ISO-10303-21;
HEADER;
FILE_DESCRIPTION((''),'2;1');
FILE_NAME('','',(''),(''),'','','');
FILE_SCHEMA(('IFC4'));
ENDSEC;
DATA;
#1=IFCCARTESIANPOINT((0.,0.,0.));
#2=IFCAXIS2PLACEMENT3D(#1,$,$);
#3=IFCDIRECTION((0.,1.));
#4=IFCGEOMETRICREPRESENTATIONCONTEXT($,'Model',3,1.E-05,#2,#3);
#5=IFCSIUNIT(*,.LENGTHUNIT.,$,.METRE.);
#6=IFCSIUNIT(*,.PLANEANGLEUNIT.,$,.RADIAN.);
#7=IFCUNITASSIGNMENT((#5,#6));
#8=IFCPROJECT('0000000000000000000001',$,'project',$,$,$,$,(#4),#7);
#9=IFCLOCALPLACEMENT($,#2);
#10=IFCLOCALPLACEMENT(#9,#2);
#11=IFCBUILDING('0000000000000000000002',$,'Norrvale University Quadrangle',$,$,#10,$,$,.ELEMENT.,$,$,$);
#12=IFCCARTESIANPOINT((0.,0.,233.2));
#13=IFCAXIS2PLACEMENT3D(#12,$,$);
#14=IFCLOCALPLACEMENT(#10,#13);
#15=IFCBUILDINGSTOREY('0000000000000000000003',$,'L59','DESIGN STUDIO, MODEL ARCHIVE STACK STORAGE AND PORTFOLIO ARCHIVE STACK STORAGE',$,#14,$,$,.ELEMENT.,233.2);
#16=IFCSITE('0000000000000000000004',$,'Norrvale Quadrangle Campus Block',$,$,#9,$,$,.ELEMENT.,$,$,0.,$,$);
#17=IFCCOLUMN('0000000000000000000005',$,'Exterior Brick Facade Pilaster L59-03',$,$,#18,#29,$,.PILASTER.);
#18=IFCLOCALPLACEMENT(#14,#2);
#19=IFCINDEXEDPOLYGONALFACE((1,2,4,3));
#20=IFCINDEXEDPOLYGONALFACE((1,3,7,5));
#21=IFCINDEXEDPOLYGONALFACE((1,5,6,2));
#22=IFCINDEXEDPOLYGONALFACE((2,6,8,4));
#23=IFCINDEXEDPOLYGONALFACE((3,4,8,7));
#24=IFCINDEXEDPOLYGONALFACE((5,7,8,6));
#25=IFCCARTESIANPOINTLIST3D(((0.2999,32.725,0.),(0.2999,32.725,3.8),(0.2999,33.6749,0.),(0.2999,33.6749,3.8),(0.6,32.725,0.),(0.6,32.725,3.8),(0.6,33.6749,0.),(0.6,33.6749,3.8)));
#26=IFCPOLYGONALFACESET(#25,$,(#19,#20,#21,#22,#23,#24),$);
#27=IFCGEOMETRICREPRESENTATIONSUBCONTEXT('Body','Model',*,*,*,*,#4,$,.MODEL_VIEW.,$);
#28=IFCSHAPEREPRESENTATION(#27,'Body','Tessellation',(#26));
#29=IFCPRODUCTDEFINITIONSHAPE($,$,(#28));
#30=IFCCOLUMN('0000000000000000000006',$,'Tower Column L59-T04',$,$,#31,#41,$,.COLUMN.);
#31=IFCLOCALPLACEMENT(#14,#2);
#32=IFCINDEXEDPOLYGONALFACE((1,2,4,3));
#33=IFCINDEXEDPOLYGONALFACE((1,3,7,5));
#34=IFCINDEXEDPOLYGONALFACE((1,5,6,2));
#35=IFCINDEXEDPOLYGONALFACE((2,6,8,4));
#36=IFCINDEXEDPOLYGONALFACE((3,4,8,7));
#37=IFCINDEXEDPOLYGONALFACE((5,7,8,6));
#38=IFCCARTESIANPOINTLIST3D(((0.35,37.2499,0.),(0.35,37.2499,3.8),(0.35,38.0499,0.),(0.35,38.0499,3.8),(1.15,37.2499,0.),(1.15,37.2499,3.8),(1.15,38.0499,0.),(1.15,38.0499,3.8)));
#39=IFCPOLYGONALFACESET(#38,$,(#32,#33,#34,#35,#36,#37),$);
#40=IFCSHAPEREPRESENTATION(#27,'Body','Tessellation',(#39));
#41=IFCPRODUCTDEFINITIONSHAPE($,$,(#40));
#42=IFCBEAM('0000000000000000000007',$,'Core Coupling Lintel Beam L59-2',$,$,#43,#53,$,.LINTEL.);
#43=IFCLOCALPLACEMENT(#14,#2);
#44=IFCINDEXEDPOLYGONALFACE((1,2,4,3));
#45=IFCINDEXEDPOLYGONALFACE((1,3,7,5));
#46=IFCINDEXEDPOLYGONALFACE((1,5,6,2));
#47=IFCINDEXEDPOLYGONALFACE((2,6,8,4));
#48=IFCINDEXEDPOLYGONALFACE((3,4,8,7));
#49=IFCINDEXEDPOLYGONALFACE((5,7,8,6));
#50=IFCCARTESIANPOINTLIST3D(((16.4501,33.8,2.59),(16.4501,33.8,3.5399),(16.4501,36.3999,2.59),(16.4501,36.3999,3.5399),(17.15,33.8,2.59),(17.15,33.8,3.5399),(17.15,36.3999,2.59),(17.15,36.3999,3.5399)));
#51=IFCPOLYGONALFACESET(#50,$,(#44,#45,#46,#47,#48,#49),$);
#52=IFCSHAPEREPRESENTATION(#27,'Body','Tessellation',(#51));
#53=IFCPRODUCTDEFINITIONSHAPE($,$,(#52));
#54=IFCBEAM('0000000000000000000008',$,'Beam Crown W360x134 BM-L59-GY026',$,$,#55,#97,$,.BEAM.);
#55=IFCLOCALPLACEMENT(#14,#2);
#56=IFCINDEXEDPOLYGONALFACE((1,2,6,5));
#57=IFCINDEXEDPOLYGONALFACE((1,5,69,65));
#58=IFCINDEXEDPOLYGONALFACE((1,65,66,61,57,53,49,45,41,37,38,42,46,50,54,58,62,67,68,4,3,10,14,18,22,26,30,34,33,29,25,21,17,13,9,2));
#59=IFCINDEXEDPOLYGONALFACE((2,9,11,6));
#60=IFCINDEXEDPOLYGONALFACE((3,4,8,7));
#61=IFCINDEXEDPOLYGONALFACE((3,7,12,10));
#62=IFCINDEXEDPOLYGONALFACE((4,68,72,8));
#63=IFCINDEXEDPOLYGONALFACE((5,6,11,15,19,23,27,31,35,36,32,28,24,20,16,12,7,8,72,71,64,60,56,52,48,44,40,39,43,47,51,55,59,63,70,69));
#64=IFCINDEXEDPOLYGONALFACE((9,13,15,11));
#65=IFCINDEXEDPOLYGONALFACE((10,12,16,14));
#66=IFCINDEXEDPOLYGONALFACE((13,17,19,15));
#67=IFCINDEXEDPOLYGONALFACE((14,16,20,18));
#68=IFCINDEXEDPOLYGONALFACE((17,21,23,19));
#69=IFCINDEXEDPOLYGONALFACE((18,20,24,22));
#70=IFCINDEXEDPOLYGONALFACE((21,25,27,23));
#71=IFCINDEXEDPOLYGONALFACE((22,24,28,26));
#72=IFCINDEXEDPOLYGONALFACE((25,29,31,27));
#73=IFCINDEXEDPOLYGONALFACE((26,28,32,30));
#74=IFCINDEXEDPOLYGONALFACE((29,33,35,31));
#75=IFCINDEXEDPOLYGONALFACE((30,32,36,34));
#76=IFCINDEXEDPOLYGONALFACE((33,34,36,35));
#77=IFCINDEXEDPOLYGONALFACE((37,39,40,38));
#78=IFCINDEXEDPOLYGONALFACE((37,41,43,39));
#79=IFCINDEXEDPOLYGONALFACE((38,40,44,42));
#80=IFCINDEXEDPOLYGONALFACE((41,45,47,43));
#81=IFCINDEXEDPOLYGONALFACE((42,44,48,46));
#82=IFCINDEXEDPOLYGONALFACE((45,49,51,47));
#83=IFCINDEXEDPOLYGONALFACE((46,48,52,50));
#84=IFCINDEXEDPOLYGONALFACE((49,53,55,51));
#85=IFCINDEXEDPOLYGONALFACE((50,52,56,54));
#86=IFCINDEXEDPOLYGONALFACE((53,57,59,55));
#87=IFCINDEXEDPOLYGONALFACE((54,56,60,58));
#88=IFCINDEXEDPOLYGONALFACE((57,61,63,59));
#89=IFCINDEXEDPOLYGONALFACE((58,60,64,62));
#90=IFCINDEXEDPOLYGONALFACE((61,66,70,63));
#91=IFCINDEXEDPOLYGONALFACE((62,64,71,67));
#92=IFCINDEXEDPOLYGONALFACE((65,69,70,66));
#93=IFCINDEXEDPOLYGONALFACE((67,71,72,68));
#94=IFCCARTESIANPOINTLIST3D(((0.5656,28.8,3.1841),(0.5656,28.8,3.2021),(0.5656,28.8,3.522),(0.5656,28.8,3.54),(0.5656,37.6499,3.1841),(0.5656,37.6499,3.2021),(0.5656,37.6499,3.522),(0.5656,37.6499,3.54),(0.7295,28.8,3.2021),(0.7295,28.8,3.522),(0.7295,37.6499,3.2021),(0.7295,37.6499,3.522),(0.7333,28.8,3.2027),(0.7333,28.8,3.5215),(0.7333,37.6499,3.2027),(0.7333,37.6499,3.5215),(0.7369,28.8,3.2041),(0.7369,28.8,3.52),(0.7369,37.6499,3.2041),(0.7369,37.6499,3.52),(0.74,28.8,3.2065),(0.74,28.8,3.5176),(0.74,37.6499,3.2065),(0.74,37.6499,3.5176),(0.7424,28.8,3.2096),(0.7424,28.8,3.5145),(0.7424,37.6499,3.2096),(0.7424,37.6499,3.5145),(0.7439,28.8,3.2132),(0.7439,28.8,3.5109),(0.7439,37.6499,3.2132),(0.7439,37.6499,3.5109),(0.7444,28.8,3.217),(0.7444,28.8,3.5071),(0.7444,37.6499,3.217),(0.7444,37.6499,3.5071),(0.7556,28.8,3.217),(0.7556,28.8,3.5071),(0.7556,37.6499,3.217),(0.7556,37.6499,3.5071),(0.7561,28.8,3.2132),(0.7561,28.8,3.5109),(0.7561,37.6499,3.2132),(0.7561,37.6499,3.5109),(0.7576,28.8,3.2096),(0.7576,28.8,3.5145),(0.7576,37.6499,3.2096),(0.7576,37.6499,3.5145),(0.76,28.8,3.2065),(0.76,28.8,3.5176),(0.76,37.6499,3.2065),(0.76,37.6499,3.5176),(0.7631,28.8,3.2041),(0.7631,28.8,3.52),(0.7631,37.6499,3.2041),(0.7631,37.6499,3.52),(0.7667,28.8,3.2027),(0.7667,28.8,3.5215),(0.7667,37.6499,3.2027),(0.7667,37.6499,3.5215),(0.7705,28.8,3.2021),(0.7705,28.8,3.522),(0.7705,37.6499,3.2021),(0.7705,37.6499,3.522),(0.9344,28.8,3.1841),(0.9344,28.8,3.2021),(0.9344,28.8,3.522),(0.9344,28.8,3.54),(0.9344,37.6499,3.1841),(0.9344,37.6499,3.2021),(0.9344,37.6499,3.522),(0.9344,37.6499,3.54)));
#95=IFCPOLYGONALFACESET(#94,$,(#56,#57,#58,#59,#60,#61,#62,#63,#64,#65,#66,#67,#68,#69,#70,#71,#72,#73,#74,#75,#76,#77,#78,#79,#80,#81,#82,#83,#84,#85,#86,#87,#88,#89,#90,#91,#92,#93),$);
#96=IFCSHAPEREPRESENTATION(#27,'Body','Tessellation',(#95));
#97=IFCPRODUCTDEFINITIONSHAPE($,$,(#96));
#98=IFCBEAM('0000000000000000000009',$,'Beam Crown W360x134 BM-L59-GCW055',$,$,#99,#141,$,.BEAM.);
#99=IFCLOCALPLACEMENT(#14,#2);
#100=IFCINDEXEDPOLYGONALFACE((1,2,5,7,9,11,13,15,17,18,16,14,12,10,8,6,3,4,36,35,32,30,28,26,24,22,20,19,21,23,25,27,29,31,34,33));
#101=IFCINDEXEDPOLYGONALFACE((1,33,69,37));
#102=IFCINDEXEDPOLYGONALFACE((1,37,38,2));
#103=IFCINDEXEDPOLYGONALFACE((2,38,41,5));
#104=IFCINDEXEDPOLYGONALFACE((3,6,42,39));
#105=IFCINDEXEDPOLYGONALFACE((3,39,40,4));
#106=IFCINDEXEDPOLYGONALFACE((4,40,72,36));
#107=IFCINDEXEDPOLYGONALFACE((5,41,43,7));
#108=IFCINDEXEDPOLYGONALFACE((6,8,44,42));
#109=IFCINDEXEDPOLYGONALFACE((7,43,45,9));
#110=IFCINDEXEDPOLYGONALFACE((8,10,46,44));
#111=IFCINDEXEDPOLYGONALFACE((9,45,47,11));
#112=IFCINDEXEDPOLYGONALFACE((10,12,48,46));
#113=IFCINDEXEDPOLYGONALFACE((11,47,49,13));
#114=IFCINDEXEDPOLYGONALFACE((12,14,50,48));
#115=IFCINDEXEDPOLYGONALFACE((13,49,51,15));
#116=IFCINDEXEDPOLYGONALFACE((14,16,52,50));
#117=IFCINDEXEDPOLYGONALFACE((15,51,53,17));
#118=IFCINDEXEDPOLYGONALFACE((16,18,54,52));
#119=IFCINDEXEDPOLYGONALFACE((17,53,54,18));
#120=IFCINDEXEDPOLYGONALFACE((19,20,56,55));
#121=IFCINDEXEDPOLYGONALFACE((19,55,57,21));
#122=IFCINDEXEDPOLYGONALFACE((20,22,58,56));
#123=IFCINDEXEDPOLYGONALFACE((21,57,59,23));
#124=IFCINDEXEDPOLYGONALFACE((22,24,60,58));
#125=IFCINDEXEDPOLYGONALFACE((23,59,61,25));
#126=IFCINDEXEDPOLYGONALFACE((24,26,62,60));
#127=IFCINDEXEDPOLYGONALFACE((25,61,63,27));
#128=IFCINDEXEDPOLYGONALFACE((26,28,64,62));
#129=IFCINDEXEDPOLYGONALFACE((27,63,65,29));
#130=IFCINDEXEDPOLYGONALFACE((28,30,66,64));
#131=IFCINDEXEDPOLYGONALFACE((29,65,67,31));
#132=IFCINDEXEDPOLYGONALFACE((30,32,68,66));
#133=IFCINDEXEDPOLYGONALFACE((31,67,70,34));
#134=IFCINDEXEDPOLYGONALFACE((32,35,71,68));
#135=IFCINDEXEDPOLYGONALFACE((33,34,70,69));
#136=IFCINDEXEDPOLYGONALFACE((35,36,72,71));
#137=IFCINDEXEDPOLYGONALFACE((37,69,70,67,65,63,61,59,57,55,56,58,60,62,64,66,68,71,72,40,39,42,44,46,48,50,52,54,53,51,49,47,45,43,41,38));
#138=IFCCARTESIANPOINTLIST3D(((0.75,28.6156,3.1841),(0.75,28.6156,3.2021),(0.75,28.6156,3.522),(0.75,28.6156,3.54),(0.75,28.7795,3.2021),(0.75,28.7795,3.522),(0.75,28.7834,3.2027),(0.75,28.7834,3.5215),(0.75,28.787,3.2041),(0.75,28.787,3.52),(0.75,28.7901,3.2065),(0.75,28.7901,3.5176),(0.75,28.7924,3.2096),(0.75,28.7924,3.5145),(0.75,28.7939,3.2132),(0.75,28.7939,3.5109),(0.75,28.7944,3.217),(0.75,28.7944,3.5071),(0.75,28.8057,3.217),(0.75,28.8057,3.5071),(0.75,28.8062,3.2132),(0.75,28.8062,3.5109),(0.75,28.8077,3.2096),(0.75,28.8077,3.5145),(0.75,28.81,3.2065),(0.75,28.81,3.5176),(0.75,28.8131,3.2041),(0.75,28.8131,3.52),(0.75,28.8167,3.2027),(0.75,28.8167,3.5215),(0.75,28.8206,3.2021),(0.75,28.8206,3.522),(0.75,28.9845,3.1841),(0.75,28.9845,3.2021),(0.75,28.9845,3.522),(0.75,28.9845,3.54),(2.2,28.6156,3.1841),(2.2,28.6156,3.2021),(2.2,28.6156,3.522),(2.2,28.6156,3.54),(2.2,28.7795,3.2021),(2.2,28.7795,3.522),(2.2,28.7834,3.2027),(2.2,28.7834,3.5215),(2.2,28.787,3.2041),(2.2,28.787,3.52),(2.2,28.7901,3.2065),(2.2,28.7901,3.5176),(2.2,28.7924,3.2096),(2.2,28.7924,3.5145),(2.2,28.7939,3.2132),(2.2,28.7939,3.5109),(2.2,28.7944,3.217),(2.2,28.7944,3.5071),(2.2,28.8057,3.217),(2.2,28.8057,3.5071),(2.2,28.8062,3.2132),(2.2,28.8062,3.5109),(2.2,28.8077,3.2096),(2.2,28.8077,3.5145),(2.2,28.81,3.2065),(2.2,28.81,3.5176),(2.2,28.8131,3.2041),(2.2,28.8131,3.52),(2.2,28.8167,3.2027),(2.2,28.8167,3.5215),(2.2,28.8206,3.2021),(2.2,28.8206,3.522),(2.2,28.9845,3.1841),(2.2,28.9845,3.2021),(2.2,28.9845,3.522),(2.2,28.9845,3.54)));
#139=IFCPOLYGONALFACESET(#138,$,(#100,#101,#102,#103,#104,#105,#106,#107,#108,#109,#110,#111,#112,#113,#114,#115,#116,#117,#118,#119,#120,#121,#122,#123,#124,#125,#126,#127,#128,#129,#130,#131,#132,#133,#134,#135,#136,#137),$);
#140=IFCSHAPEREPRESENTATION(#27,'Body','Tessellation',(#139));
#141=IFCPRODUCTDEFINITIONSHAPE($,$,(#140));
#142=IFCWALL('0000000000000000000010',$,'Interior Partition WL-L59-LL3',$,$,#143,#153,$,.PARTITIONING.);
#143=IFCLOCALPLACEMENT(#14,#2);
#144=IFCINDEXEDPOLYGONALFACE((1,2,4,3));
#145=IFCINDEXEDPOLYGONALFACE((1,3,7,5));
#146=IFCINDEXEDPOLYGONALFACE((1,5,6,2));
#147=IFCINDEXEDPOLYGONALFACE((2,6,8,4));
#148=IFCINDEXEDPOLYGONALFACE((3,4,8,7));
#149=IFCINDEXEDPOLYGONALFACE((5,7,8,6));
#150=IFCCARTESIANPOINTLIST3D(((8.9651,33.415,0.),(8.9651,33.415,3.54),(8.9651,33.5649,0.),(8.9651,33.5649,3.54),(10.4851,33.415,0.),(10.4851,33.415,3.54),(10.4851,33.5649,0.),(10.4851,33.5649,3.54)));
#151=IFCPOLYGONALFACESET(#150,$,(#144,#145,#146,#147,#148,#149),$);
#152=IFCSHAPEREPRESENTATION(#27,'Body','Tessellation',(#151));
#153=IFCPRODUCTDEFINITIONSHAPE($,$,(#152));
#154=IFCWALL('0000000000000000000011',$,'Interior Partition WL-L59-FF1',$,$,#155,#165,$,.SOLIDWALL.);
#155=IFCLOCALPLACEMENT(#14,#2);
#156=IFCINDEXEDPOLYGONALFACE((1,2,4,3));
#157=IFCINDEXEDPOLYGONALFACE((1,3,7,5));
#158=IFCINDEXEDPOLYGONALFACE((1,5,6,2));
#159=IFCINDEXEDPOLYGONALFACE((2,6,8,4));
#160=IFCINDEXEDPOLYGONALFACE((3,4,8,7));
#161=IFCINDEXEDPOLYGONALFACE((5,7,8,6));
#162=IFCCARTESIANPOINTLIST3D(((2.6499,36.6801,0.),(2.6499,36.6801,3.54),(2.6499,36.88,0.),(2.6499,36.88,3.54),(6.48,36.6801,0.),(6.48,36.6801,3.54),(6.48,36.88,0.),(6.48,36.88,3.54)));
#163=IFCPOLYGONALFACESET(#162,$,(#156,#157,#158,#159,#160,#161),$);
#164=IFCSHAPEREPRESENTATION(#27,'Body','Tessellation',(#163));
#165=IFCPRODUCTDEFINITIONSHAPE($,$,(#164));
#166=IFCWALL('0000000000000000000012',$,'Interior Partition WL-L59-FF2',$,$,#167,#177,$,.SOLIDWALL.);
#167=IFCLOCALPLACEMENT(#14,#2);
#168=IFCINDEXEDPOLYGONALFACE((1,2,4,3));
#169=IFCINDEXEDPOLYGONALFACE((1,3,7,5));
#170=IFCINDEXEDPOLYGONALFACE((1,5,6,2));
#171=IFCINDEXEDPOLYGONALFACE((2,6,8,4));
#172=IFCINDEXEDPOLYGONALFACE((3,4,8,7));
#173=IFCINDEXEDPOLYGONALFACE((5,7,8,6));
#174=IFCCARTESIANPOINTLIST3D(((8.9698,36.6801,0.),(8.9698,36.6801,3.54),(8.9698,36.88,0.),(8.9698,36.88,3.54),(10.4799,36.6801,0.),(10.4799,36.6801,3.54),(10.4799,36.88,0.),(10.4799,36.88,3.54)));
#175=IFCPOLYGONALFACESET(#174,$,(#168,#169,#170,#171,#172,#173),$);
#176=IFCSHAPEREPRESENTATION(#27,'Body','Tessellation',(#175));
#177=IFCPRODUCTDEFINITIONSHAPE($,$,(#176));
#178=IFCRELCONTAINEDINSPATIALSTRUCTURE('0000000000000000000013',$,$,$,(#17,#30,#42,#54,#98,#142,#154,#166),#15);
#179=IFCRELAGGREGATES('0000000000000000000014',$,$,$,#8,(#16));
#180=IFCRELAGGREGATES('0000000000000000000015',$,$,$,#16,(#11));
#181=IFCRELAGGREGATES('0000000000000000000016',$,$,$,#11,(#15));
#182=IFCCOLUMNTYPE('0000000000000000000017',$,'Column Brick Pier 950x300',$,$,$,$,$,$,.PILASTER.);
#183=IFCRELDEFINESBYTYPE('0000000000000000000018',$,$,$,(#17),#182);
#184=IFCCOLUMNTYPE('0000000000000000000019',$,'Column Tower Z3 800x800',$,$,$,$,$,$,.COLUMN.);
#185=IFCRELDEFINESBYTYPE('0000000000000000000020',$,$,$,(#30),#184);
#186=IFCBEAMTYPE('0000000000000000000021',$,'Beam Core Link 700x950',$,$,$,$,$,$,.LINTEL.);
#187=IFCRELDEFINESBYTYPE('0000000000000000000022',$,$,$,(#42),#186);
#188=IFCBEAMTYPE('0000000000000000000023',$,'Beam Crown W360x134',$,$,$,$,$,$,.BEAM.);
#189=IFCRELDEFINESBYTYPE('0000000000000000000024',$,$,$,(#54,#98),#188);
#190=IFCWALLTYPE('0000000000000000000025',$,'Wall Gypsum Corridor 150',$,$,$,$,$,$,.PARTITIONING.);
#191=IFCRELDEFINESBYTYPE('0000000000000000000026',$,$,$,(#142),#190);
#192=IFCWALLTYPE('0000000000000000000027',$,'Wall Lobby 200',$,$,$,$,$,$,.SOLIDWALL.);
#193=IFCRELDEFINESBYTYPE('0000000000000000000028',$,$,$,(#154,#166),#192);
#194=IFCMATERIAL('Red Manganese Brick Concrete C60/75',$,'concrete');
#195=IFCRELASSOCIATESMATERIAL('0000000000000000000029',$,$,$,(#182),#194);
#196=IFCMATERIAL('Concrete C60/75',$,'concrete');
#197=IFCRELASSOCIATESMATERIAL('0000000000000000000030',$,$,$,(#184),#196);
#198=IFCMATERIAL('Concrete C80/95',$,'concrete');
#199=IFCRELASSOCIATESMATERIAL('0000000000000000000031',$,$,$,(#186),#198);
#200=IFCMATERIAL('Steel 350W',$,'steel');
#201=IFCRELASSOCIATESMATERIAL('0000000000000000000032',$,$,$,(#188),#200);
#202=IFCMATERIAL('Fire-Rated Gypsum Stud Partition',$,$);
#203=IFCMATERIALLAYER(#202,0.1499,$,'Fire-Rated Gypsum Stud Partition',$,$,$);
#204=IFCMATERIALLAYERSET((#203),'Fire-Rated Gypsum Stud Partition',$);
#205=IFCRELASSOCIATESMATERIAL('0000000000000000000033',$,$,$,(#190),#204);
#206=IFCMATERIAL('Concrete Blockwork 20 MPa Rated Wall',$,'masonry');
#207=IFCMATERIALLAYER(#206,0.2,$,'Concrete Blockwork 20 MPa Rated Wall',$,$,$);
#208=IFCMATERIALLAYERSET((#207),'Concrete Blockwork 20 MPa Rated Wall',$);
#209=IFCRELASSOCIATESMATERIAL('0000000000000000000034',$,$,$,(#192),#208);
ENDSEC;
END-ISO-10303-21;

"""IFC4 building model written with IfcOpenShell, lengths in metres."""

from ifc_helpers import new_model, si_unit, direction, frame, frame_2d, origin, origin_2d, place, context, subcontext, project, spatial, rectangle, i_section, extrude, material, layer, layer_set, material_profile, profile_set, type_object, element, save


model = new_model("IFC4")

# Units and contexts
model_context = context("Model", 3, precision=1e-05, world=origin(), true_north=direction((0.0, 1.0)))
body_context = subcontext(model_context, "Body", "Model", "MODEL_VIEW")
ifc_project = project(units=[si_unit("LENGTHUNIT", "METRE"), si_unit("PLANEANGLEUNIT", "RADIAN")], contexts=[model_context])

# Site, building, storey
site_placement = place(None, origin())
site = spatial("IfcSite", under=ifc_project, at=site_placement, Name="Norrvale Quadrangle Campus Block", CompositionType="ELEMENT", RefElevation=0.0)
building_placement = place(site_placement, origin())
building = spatial("IfcBuilding", under=site, at=building_placement, Name="Norrvale University Quadrangle", CompositionType="ELEMENT")
storey_placement = place(building_placement, frame((0.0, 0.0, 233.2)))
storey = spatial("IfcBuildingStorey", under=building, at=storey_placement, Name="L59", Description="DESIGN STUDIO, MODEL ARCHIVE STACK STORAGE AND PORTFOLIO ARCHIVE STACK STORAGE", CompositionType="ELEMENT", Elevation=233.2)

# Columns
ifc_material_1 = material(Name="Red Manganese Brick Concrete C60/75", Category="concrete")
ifc_material_profile_1 = material_profile(ifc_material_1, rectangle(XDim=0.95, YDim=0.3, at=origin_2d()), Name="Red Manganese Brick Concrete C60/75")
ifc_profile_set_1 = profile_set([ifc_material_profile_1], Name="Red Manganese Brick Concrete C60/75")
column_type_1 = type_object("IfcColumnType", Name="Column Brick Pier 950x300", PredefinedType="PILASTER", material=ifc_profile_set_1)
column_1_placement = place(storey_placement, frame((0.45, 33.2, 0.0), z_axis=(0.0, 0.0, 1.0), x_axis=(0.0, 1.0, 0.0)))
element("IfcColumn", 1, at=column_1_placement, inside=storey, type_object=column_type_1, Name="Exterior Brick Facade Pilaster L59-03", PredefinedType="PILASTER", context=body_context, shape_type="SweptSolid", body=[
    extrude(rectangle(XDim=0.95, YDim=0.3, at=origin_2d()), origin(), (0.0, 0.0, 1.0), 3.8),
])
ifc_material_2 = material(Name="Concrete C60/75", Category="concrete")
ifc_material_profile_2 = material_profile(ifc_material_2, rectangle(XDim=0.8, YDim=0.8, at=origin_2d()), Name="Concrete C60/75")
ifc_profile_set_2 = profile_set([ifc_material_profile_2], Name="Concrete C60/75")
column_type_2 = type_object("IfcColumnType", Name="Column Tower Z3 800x800", PredefinedType="COLUMN", material=ifc_profile_set_2)
column_2_placement = place(storey_placement, frame((0.75, 37.6499, 0.0), z_axis=(0.0, 0.0, 1.0), x_axis=(1.0, 0.0, 0.0)))
element("IfcColumn", 2, at=column_2_placement, inside=storey, type_object=column_type_2, Name="Tower Column L59-T04", PredefinedType="COLUMN", context=body_context, shape_type="SweptSolid", body=[
    extrude(rectangle(XDim=0.8, YDim=0.8, at=origin_2d()), origin(), (0.0, 0.0, 1.0), 3.8),
])

# Beams
ifc_material_3 = material(Name="Concrete C80/95", Category="concrete")
ifc_material_profile_3 = material_profile(ifc_material_3, rectangle(XDim=0.7, YDim=0.95, at=origin_2d()), Name="Concrete C80/95")
ifc_profile_set_3 = profile_set([ifc_material_profile_3], Name="Concrete C80/95")
beam_type_1 = type_object("IfcBeamType", Name="Beam Core Link 700x950", PredefinedType="LINTEL", material=ifc_profile_set_3)
beam_1_placement = place(storey_placement, frame((16.8, 33.8, 3.0649), z_axis=(0.0, 1.0, 0.0), x_axis=(-1.0, 0.0, 0.0)))
element("IfcBeam", 3, at=beam_1_placement, inside=storey, type_object=beam_type_1, Name="Core Coupling Lintel Beam L59-2", PredefinedType="LINTEL", context=body_context, shape_type="SweptSolid", body=[
    extrude(rectangle(XDim=0.7, YDim=0.95, at=origin_2d()), origin(), (0.0, 0.0, 1.0), 2.5999),
])
ifc_material_4 = material(Name="Steel 350W", Category="steel")
ifc_material_profile_4 = material_profile(ifc_material_4, i_section(OverallWidth=0.3689, OverallDepth=0.356, WebThickness=0.0112, FlangeThickness=0.0181, FilletRadius=0.0149, at=origin_2d()), Name="Steel 350W")
ifc_profile_set_4 = profile_set([ifc_material_profile_4], Name="Steel 350W")
beam_type_2 = type_object("IfcBeamType", Name="Beam Crown W360x134", PredefinedType="BEAM", material=ifc_profile_set_4)
beam_2_placement = place(storey_placement, frame((0.75, 28.8, 3.3621), z_axis=(0.0, 1.0, 0.0), x_axis=(-1.0, 0.0, 0.0)))
element("IfcBeam", 4, at=beam_2_placement, inside=storey, type_object=beam_type_2, Name="Beam Crown W360x134 BM-L59-GY026", PredefinedType="BEAM", context=body_context, shape_type="SweptSolid", body=[
    extrude(i_section(OverallWidth=0.3689, OverallDepth=0.356, WebThickness=0.0112, FlangeThickness=0.0181, FilletRadius=0.0149, at=origin_2d()), origin(), (0.0, 0.0, 1.0), 8.8499),
])
beam_3_placement = place(storey_placement, frame((0.75, 28.8, 3.3621), z_axis=(1.0, 0.0, 0.0), x_axis=(0.0, 1.0, 0.0)))
element("IfcBeam", 5, at=beam_3_placement, inside=storey, type_object=beam_type_2, Name="Beam Crown W360x134 BM-L59-GCW055", PredefinedType="BEAM", context=body_context, shape_type="SweptSolid", body=[
    extrude(i_section(OverallWidth=0.3689, OverallDepth=0.356, WebThickness=0.0112, FlangeThickness=0.0181, FilletRadius=0.0149, at=origin_2d()), origin(), (0.0, 0.0, 1.0), 1.45),
])

# Walls
ifc_material_5 = material(Name="Fire-Rated Gypsum Stud Partition")
ifc_layer_1 = layer(ifc_material_5, 0.1499, Name="Fire-Rated Gypsum Stud Partition")
ifc_layer_set_1 = layer_set([ifc_layer_1], Name="Fire-Rated Gypsum Stud Partition")
wall_type_1 = type_object("IfcWallType", Name="Wall Gypsum Corridor 150", PredefinedType="PARTITIONING", material=ifc_layer_set_1)
wall_1_placement = place(storey_placement, frame((8.9651, 33.49, 0.0), z_axis=(0.0, 0.0, 1.0), x_axis=(1.0, 0.0, 0.0)))
element("IfcWall", 6, at=wall_1_placement, inside=storey, type_object=wall_type_1, Name="Interior Partition WL-L59-LL3", PredefinedType="PARTITIONING", context=body_context, shape_type="SweptSolid", body=[
    extrude(rectangle(XDim=1.52, YDim=0.1499, at=frame_2d((0.76, 0.0))), origin(), (0.0, 0.0, 1.0), 3.54),
])
ifc_material_6 = material(Name="Concrete Blockwork 20 MPa Rated Wall", Category="masonry")
ifc_layer_2 = layer(ifc_material_6, 0.2, Name="Concrete Blockwork 20 MPa Rated Wall")
ifc_layer_set_2 = layer_set([ifc_layer_2], Name="Concrete Blockwork 20 MPa Rated Wall")
wall_type_2 = type_object("IfcWallType", Name="Wall Lobby 200", PredefinedType="SOLIDWALL", material=ifc_layer_set_2)
wall_2_placement = place(storey_placement, frame((2.6499, 36.78, 0.0), z_axis=(0.0, 0.0, 1.0), x_axis=(1.0, 0.0, 0.0)))
element("IfcWall", 7, at=wall_2_placement, inside=storey, type_object=wall_type_2, Name="Interior Partition WL-L59-FF1", PredefinedType="SOLIDWALL", context=body_context, shape_type="SweptSolid", body=[
    extrude(rectangle(XDim=3.8301, YDim=0.2, at=frame_2d((1.915, 0.0))), origin(), (0.0, 0.0, 1.0), 3.54),
])
wall_3_placement = place(storey_placement, frame((8.97, 36.78, 0.0), z_axis=(0.0, 0.0, 1.0), x_axis=(1.0, 0.0, 0.0)))
element("IfcWall", 8, at=wall_3_placement, inside=storey, type_object=wall_type_2, Name="Interior Partition WL-L59-FF2", PredefinedType="SOLIDWALL", context=body_context, shape_type="SweptSolid", body=[
    extrude(rectangle(XDim=1.51, YDim=0.2, at=frame_2d((0.7549, 0.0))), origin(), (0.0, 0.0, 1.0), 3.54),
])

save(model, "model.ifc")
